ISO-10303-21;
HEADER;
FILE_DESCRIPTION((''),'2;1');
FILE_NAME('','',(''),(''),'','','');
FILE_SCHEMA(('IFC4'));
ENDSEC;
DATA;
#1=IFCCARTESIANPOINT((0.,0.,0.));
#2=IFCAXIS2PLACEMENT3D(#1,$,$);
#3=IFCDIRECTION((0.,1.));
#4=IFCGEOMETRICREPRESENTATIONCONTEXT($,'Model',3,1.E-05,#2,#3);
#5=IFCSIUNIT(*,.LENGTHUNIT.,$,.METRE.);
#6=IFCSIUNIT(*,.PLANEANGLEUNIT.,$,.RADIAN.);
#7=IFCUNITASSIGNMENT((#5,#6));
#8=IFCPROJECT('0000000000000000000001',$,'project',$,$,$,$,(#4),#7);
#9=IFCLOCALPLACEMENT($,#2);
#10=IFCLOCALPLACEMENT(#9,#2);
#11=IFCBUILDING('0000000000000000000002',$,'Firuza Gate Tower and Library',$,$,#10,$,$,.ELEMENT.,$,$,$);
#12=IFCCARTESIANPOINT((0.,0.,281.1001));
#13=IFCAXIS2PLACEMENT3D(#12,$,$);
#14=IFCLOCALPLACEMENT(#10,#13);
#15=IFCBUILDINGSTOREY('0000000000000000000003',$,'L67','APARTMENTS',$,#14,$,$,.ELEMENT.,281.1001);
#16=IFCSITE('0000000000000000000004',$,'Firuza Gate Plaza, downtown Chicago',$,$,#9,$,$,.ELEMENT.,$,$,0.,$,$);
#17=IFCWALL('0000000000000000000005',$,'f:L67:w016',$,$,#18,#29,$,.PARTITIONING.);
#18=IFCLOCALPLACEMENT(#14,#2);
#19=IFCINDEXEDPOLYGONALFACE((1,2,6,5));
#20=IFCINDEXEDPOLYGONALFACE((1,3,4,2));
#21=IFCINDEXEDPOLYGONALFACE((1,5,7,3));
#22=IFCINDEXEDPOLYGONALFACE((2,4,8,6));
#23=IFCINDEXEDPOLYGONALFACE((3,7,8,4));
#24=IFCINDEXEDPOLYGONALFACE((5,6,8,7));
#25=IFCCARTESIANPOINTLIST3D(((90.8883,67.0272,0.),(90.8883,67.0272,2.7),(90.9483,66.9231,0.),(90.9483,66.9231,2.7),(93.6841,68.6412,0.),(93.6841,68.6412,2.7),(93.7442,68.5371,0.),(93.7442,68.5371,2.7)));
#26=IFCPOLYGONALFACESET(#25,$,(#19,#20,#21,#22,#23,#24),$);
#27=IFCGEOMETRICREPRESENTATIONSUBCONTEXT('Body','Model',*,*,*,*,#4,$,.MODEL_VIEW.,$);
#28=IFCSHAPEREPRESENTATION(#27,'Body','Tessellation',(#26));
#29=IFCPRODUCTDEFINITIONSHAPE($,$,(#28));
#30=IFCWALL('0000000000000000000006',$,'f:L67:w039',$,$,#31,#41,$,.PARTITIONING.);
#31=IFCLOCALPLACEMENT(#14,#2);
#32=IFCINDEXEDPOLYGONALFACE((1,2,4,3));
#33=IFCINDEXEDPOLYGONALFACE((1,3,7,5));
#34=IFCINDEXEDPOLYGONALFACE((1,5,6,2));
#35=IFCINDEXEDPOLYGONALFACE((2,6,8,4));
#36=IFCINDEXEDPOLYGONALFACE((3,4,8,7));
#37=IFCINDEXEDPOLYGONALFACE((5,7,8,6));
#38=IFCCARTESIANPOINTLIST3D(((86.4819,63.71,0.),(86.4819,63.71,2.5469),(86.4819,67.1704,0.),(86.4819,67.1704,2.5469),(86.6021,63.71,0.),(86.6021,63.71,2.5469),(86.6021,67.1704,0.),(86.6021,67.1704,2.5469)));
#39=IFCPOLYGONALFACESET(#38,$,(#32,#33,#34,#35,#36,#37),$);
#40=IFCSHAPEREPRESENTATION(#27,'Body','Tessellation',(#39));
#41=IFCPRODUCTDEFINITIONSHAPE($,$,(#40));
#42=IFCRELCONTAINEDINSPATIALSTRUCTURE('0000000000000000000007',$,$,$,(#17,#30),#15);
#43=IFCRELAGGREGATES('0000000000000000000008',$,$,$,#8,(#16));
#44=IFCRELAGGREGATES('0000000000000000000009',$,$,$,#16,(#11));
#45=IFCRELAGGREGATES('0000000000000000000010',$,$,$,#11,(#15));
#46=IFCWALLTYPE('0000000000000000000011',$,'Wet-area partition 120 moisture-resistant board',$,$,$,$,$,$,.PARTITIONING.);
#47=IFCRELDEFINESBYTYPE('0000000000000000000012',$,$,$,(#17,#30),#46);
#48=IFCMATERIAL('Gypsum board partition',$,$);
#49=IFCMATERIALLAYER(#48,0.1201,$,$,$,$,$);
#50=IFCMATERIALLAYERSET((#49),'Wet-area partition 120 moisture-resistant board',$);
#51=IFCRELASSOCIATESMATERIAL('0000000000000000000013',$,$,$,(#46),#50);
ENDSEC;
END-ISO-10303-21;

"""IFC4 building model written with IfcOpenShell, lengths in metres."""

from ifc_helpers import new_model, si_unit, direction, frame, frame_2d, origin, place, context, subcontext, project, spatial, rectangle, extrude, material, layer, layer_set, type_object, element, save


model = new_model("IFC4")

# Units and contexts
model_context = context("Model", 3, precision=1e-05, world=origin(), true_north=direction((0.0, 1.0)))
body_context = subcontext(model_context, "Body", "Model", "MODEL_VIEW")
ifc_project = project(units=[si_unit("LENGTHUNIT", "METRE"), si_unit("PLANEANGLEUNIT", "RADIAN")], contexts=[model_context])

# Site, building, storey
site_placement = place(None, origin())
site = spatial("IfcSite", under=ifc_project, at=site_placement, Name="Firuza Gate Plaza, downtown Chicago", CompositionType="ELEMENT", RefElevation=0.0)
building_placement = place(site_placement, origin())
building = spatial("IfcBuilding", under=site, at=building_placement, Name="Firuza Gate Tower and Library", CompositionType="ELEMENT")
storey_placement = place(building_placement, frame((0.0, 0.0, 281.1001)))
storey = spatial("IfcBuildingStorey", under=building, at=storey_placement, Name="L67", Description="APARTMENTS", CompositionType="ELEMENT", Elevation=281.1001)

# Walls
ifc_material_1 = material(Name="Gypsum board partition")
ifc_layer_1 = layer(ifc_material_1, 0.1201)
ifc_layer_set_1 = layer_set([ifc_layer_1], Name="Wet-area partition 120 moisture-resistant board")
wall_type_1 = type_object("IfcWallType", Name="Wet-area partition 120 moisture-resistant board", PredefinedType="PARTITIONING", material=ifc_layer_set_1)
wall_1_placement = place(storey_placement, frame((90.9182, 66.9751, 0.0), z_axis=(0.0, 0.0, 1.0), x_axis=(0.866052, 0.499954, 0.0)))
element("IfcWall", 1, at=wall_1_placement, inside=storey, type_object=wall_type_1, Name="f:L67:w016", PredefinedType="PARTITIONING", context=body_context, shape_type="SweptSolid", body=[
    extrude(rectangle(XDim=3.2283, YDim=0.1201, at=frame_2d((1.6143, 0.0))), origin(), (0.0, 0.0, 1.0), 2.7),
])
wall_2_placement = place(storey_placement, frame((86.542, 63.71, 0.0), z_axis=(0.0, 0.0, 1.0), x_axis=(0.0, 1.0, 0.0)))
element("IfcWall", 2, at=wall_2_placement, inside=storey, type_object=wall_type_1, Name="f:L67:w039", PredefinedType="PARTITIONING", context=body_context, shape_type="SweptSolid", body=[
    extrude(rectangle(XDim=3.4604, YDim=0.1201, at=frame_2d((1.7302, 0.0))), origin(), (0.0, 0.0, 1.0), 2.5469),
])

save(model, "model.ifc")
